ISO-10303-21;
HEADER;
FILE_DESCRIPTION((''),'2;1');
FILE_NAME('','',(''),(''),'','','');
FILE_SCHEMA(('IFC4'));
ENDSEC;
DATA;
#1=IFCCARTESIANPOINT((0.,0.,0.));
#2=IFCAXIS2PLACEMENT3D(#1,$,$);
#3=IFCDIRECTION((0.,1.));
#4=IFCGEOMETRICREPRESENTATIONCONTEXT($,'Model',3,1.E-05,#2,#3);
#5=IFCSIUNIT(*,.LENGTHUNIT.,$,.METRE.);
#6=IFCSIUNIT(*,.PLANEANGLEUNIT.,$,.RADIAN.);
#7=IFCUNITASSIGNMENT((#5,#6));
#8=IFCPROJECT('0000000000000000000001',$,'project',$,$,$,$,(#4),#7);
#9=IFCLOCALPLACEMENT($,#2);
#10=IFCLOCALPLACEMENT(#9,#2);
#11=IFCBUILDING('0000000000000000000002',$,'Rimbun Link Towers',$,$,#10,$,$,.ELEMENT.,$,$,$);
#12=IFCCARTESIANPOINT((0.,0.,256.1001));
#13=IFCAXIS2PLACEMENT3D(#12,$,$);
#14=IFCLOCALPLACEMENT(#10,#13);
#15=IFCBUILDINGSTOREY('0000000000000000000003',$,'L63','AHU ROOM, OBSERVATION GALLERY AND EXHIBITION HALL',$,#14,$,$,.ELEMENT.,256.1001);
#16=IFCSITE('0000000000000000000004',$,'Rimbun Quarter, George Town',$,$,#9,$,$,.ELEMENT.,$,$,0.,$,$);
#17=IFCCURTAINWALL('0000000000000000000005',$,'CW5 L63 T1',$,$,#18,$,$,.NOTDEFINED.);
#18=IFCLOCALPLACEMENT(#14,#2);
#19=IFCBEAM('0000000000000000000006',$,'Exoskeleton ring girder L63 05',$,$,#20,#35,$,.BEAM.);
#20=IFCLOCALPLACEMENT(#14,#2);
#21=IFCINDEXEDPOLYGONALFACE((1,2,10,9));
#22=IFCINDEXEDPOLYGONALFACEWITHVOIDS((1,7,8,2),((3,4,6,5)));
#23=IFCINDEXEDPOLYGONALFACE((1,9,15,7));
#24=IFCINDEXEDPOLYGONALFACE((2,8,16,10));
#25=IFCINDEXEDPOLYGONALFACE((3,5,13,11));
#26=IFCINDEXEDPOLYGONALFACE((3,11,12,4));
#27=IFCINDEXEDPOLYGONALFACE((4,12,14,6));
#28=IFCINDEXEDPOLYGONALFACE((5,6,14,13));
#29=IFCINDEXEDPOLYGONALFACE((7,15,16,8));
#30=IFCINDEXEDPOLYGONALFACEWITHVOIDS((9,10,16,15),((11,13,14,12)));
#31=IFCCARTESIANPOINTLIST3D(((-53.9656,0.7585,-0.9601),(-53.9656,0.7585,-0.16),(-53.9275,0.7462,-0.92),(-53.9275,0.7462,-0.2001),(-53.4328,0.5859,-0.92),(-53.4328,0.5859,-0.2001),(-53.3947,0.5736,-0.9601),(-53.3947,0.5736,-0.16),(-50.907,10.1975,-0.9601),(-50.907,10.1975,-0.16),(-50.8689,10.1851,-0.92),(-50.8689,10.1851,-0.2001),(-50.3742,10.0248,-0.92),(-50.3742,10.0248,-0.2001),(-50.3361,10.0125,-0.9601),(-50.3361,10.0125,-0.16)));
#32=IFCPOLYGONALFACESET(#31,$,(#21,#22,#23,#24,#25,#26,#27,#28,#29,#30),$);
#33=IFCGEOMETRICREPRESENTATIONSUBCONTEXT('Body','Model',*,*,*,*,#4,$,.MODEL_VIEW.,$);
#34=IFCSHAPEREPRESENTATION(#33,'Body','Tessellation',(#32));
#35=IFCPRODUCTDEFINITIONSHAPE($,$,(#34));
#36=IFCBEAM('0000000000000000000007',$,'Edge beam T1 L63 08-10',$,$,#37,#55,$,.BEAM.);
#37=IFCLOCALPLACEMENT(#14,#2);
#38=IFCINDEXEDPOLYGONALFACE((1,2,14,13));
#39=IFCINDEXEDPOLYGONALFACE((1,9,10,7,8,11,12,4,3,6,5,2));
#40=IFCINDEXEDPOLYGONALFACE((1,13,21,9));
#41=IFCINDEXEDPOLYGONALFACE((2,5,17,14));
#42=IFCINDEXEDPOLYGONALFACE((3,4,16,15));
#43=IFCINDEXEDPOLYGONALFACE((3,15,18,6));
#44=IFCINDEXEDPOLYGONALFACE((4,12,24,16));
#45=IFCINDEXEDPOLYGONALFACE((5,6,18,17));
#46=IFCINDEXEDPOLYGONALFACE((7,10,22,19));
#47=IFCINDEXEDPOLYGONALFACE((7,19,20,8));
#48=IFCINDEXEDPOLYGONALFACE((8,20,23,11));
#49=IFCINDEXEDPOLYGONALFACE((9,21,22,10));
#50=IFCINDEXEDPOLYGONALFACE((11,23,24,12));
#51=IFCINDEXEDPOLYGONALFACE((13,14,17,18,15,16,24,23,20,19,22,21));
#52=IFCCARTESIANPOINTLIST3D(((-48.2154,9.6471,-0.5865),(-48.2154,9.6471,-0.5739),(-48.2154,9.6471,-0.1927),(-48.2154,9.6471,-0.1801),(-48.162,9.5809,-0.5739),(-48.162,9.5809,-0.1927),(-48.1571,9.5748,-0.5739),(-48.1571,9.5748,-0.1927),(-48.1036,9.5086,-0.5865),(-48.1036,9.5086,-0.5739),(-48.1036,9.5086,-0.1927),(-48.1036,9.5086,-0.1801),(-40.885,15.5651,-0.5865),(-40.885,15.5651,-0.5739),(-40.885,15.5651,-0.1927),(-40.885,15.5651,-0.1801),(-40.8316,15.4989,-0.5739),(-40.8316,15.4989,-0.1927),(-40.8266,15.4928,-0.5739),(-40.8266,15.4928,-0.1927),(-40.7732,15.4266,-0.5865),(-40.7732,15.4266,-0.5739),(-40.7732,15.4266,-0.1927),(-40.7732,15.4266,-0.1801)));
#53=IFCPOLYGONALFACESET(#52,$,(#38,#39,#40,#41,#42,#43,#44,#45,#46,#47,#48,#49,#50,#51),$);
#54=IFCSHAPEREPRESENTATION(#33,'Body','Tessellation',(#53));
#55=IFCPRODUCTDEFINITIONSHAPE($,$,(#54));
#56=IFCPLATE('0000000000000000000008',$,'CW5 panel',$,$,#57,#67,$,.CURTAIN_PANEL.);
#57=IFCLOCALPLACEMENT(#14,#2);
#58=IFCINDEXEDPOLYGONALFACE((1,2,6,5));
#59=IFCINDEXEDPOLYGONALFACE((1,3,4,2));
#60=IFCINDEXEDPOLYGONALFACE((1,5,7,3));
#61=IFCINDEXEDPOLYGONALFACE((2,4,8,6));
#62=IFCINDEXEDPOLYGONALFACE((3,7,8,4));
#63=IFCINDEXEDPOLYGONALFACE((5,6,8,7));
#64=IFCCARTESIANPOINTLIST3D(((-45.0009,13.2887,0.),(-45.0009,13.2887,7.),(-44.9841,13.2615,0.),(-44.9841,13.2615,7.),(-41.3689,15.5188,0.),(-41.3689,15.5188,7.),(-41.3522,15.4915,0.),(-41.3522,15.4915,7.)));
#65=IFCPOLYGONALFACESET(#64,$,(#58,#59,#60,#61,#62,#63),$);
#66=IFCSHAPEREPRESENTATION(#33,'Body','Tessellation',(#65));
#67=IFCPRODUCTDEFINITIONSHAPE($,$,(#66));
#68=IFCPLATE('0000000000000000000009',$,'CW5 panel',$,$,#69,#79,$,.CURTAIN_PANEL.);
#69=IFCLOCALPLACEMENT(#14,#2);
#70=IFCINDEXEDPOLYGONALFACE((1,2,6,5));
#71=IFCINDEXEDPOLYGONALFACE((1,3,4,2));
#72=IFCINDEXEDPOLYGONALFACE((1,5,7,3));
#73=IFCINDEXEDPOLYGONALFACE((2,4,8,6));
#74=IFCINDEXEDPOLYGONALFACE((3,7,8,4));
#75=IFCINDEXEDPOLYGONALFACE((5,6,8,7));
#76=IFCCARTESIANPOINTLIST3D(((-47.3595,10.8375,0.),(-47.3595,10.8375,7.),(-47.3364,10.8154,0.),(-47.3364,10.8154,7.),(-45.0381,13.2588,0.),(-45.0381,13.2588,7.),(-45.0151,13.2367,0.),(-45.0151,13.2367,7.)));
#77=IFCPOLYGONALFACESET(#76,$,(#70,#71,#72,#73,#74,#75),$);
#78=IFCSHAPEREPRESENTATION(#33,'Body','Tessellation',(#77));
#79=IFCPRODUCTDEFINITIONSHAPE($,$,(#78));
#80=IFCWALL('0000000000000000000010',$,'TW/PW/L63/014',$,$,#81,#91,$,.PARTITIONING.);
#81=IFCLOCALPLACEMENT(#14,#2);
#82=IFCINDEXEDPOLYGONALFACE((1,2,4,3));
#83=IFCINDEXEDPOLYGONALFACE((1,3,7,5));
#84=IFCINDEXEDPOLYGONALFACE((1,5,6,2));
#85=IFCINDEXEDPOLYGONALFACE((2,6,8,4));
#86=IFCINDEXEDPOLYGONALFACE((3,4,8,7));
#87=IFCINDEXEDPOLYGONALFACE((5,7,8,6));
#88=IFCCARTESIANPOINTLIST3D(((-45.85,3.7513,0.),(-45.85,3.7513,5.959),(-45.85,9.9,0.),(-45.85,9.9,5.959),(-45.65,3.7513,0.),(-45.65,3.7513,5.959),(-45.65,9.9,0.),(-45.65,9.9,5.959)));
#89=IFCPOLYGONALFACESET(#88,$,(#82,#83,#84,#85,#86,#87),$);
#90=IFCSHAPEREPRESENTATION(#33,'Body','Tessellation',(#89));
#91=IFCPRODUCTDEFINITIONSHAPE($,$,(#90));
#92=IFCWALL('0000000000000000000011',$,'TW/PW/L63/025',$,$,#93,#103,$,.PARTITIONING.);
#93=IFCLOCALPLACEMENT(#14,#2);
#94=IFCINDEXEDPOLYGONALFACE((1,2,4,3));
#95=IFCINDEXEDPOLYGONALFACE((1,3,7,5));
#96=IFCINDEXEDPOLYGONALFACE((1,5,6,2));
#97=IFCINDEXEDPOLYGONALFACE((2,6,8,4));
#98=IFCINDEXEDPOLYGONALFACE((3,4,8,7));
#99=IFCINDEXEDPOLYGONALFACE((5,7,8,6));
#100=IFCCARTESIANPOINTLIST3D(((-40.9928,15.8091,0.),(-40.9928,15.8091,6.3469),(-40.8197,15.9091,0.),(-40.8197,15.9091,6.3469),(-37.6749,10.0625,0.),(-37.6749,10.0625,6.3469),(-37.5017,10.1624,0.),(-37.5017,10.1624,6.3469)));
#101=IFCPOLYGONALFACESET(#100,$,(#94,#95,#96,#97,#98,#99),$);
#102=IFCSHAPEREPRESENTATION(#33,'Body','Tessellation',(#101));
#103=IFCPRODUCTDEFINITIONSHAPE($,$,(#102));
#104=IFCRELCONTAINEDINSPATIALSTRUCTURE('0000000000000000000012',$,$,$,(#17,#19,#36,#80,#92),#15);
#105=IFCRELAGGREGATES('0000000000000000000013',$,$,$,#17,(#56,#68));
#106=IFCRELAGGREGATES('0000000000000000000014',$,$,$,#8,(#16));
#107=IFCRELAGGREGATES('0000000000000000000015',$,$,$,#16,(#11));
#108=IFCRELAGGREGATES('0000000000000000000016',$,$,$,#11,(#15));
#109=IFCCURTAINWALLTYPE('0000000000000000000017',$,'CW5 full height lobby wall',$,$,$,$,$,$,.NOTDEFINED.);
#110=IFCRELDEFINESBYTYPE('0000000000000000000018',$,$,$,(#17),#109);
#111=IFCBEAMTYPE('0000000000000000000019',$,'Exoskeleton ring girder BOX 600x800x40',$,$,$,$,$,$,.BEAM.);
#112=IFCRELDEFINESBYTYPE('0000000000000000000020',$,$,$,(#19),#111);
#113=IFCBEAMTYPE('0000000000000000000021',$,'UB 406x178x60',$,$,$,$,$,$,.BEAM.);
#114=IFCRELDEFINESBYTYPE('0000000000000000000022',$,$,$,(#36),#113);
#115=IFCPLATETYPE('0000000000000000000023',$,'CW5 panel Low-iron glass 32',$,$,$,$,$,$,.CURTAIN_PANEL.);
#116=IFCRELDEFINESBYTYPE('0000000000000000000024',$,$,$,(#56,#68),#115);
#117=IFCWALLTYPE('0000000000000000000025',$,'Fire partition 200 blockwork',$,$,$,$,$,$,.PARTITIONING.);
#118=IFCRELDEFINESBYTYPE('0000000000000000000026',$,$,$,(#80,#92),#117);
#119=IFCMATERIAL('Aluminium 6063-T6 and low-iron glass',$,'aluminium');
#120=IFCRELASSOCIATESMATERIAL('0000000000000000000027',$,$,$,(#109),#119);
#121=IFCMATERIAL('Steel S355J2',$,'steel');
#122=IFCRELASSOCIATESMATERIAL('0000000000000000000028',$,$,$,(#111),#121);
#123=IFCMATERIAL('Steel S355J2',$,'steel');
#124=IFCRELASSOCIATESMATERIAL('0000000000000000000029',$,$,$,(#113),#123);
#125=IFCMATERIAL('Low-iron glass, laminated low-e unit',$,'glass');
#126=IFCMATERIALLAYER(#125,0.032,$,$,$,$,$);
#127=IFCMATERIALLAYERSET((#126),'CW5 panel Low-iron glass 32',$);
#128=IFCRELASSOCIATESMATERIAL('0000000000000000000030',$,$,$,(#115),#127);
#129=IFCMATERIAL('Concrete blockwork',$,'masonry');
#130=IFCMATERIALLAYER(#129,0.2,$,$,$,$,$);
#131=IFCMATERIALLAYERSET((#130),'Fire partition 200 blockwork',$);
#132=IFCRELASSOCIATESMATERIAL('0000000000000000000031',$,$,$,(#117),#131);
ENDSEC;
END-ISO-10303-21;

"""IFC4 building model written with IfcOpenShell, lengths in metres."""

from ifc_helpers import new_model, si_unit, direction, frame, frame_2d, origin, origin_2d, place, context, subcontext, project, spatial, rectangle, hollow_rectangle, i_section, extrude, material, layer, layer_set, material_profile, profile_set, type_object, element, aggregate, save


model = new_model("IFC4")

# Units and contexts
model_context = context("Model", 3, precision=1e-05, world=origin(), true_north=direction((0.0, 1.0)))
body_context = subcontext(model_context, "Body", "Model", "MODEL_VIEW")
ifc_project = project(units=[si_unit("LENGTHUNIT", "METRE"), si_unit("PLANEANGLEUNIT", "RADIAN")], contexts=[model_context])

# Site, building, storey
site_placement = place(None, origin())
site = spatial("IfcSite", under=ifc_project, at=site_placement, Name="Rimbun Quarter, George Town", CompositionType="ELEMENT", RefElevation=0.0)
building_placement = place(site_placement, origin())
building = spatial("IfcBuilding", under=site, at=building_placement, Name="Rimbun Link Towers", CompositionType="ELEMENT")
storey_placement = place(building_placement, frame((0.0, 0.0, 256.1001)))
storey = spatial("IfcBuildingStorey", under=building, at=storey_placement, Name="L63", Description="AHU ROOM, OBSERVATION GALLERY AND EXHIBITION HALL", CompositionType="ELEMENT", Elevation=256.1001)

# Curtain wall
ifc_material_1 = material(Name="Aluminium 6063-T6 and low-iron glass", Category="aluminium")
curtain_wall_type = type_object("IfcCurtainWallType", Name="CW5 full height lobby wall", PredefinedType="NOTDEFINED", material=ifc_material_1)
curtain_wall_placement = place(storey_placement, origin())
curtain_wall = element("IfcCurtainWall", 1, at=curtain_wall_placement, inside=storey, type_object=curtain_wall_type, Name="CW5 L63 T1", PredefinedType="NOTDEFINED")

# Beams
ifc_material_2 = material(Name="Steel S355J2", Category="steel")
ifc_material_profile_1 = material_profile(ifc_material_2, hollow_rectangle(XDim=0.6001, YDim=0.8, WallThickness=0.04, at=origin_2d()), Name="Exoskeleton ring girder BOX 600x800x40")
ifc_profile_set_1 = profile_set([ifc_material_profile_1], Name="Steel S355J2")
beam_type_1 = type_object("IfcBeamType", Name="Exoskeleton ring girder BOX 600x800x40", PredefinedType="BEAM", material=ifc_profile_set_1)
beam_1_placement = place(storey_placement, frame((-50.6216, 10.105, -0.5601), z_axis=(-0.308259, -0.951302, 0.0), x_axis=(0.951302, -0.308259, 0.0)))
element("IfcBeam", 2, at=beam_1_placement, inside=storey, type_object=beam_type_1, Name="Exoskeleton ring girder L63 05", PredefinedType="BEAM", context=body_context, shape_type="SweptSolid", body=[
    extrude(hollow_rectangle(XDim=0.6001, YDim=0.8, WallThickness=0.04, at=origin_2d()), origin(), (0.0, 0.0, 1.0), 9.9221),
])
ifc_material_3 = material(Name="Steel S355J2", Category="steel")
ifc_material_profile_2 = material_profile(ifc_material_3, i_section(OverallWidth=0.178, OverallDepth=0.4065, WebThickness=0.0078, FlangeThickness=0.0127, at=origin_2d()), Name="UB 406x178x60")
ifc_profile_set_2 = profile_set([ifc_material_profile_2], Name="Steel S355J2")
beam_type_2 = type_object("IfcBeamType", Name="UB 406x178x60", PredefinedType="BEAM", material=ifc_profile_set_2)
beam_2_placement = place(storey_placement, frame((-40.8291, 15.4958, -0.3833), z_axis=(-0.77808, -0.628165, 0.0), x_axis=(0.628165, -0.77808, 0.0)))
element("IfcBeam", 3, at=beam_2_placement, inside=storey, type_object=beam_type_2, Name="Edge beam T1 L63 08-10", PredefinedType="BEAM", context=body_context, shape_type="SweptSolid", body=[
    extrude(i_section(OverallWidth=0.178, OverallDepth=0.4065, WebThickness=0.0078, FlangeThickness=0.0127, at=origin_2d()), origin(), (0.0, 0.0, 1.0), 9.4211),
])

# Plates
ifc_material_4 = material(Name="Low-iron glass, laminated low-e unit", Category="glass")
ifc_layer_1 = layer(ifc_material_4, 0.032)
ifc_layer_set_1 = layer_set([ifc_layer_1], Name="CW5 panel Low-iron glass 32")
plate_type = type_object("IfcPlateType", Name="CW5 panel Low-iron glass 32", PredefinedType="CURTAIN_PANEL", material=ifc_layer_set_1)
plate_1_placement = place(storey_placement, frame((-43.1765, 14.3901, 0.0), z_axis=(0.0, 0.0, 1.0), x_axis=(0.852182, 0.523246, 0.0)))
plate_1 = element("IfcPlate", 4, at=plate_1_placement, type_object=plate_type, Name="CW5 panel", PredefinedType="CURTAIN_PANEL", context=body_context, shape_type="SweptSolid", body=[
    extrude(rectangle(XDim=4.262, YDim=0.032, at=origin_2d()), origin(), (0.0, 0.0, 1.0), 7.0),
])
plate_2_placement = place(storey_placement, frame((-46.1873, 12.0371, 0.0), z_axis=(0.0, 0.0, 1.0), x_axis=(0.692053, 0.721847, 0.0)))
plate_2 = element("IfcPlate", 5, at=plate_2_placement, type_object=plate_type, Name="CW5 panel", PredefinedType="CURTAIN_PANEL", context=body_context, shape_type="SweptSolid", body=[
    extrude(rectangle(XDim=3.3542, YDim=0.032, at=origin_2d()), origin(), (0.0, 0.0, 1.0), 7.0),
])
aggregate(curtain_wall, [plate_1, plate_2])

# Walls
ifc_material_5 = material(Name="Concrete blockwork", Category="masonry")
ifc_layer_2 = layer(ifc_material_5, 0.2)
ifc_layer_set_2 = layer_set([ifc_layer_2], Name="Fire partition 200 blockwork")
wall_type = type_object("IfcWallType", Name="Fire partition 200 blockwork", PredefinedType="PARTITIONING", material=ifc_layer_set_2)
wall_1_placement = place(storey_placement, frame((-45.75, 9.8999, 0.0), z_axis=(0.0, 0.0, 1.0), x_axis=(0.0, -1.0, 0.0)))
element("IfcWall", 6, at=wall_1_placement, inside=storey, type_object=wall_type, Name="TW/PW/L63/014", PredefinedType="PARTITIONING", context=body_context, shape_type="SweptSolid", body=[
    extrude(rectangle(XDim=6.1487, YDim=0.2, at=frame_2d((3.0742, 0.0))), origin(), (0.0, 0.0, 1.0), 5.959),
])
wall_2_placement = place(storey_placement, frame((-40.9062, 15.8591, 0.0), z_axis=(0.0, 0.0, 1.0), x_axis=(0.500009, -0.86602, 0.0)))
element("IfcWall", 7, at=wall_2_placement, inside=storey, type_object=wall_type, Name="TW/PW/L63/025", PredefinedType="PARTITIONING", context=body_context, shape_type="SweptSolid", body=[
    extrude(rectangle(XDim=6.6357, YDim=0.2, at=frame_2d((3.3179, 0.0))), origin(), (0.0, 0.0, 1.0), 6.3469),
])

save(model, "model.ifc")
